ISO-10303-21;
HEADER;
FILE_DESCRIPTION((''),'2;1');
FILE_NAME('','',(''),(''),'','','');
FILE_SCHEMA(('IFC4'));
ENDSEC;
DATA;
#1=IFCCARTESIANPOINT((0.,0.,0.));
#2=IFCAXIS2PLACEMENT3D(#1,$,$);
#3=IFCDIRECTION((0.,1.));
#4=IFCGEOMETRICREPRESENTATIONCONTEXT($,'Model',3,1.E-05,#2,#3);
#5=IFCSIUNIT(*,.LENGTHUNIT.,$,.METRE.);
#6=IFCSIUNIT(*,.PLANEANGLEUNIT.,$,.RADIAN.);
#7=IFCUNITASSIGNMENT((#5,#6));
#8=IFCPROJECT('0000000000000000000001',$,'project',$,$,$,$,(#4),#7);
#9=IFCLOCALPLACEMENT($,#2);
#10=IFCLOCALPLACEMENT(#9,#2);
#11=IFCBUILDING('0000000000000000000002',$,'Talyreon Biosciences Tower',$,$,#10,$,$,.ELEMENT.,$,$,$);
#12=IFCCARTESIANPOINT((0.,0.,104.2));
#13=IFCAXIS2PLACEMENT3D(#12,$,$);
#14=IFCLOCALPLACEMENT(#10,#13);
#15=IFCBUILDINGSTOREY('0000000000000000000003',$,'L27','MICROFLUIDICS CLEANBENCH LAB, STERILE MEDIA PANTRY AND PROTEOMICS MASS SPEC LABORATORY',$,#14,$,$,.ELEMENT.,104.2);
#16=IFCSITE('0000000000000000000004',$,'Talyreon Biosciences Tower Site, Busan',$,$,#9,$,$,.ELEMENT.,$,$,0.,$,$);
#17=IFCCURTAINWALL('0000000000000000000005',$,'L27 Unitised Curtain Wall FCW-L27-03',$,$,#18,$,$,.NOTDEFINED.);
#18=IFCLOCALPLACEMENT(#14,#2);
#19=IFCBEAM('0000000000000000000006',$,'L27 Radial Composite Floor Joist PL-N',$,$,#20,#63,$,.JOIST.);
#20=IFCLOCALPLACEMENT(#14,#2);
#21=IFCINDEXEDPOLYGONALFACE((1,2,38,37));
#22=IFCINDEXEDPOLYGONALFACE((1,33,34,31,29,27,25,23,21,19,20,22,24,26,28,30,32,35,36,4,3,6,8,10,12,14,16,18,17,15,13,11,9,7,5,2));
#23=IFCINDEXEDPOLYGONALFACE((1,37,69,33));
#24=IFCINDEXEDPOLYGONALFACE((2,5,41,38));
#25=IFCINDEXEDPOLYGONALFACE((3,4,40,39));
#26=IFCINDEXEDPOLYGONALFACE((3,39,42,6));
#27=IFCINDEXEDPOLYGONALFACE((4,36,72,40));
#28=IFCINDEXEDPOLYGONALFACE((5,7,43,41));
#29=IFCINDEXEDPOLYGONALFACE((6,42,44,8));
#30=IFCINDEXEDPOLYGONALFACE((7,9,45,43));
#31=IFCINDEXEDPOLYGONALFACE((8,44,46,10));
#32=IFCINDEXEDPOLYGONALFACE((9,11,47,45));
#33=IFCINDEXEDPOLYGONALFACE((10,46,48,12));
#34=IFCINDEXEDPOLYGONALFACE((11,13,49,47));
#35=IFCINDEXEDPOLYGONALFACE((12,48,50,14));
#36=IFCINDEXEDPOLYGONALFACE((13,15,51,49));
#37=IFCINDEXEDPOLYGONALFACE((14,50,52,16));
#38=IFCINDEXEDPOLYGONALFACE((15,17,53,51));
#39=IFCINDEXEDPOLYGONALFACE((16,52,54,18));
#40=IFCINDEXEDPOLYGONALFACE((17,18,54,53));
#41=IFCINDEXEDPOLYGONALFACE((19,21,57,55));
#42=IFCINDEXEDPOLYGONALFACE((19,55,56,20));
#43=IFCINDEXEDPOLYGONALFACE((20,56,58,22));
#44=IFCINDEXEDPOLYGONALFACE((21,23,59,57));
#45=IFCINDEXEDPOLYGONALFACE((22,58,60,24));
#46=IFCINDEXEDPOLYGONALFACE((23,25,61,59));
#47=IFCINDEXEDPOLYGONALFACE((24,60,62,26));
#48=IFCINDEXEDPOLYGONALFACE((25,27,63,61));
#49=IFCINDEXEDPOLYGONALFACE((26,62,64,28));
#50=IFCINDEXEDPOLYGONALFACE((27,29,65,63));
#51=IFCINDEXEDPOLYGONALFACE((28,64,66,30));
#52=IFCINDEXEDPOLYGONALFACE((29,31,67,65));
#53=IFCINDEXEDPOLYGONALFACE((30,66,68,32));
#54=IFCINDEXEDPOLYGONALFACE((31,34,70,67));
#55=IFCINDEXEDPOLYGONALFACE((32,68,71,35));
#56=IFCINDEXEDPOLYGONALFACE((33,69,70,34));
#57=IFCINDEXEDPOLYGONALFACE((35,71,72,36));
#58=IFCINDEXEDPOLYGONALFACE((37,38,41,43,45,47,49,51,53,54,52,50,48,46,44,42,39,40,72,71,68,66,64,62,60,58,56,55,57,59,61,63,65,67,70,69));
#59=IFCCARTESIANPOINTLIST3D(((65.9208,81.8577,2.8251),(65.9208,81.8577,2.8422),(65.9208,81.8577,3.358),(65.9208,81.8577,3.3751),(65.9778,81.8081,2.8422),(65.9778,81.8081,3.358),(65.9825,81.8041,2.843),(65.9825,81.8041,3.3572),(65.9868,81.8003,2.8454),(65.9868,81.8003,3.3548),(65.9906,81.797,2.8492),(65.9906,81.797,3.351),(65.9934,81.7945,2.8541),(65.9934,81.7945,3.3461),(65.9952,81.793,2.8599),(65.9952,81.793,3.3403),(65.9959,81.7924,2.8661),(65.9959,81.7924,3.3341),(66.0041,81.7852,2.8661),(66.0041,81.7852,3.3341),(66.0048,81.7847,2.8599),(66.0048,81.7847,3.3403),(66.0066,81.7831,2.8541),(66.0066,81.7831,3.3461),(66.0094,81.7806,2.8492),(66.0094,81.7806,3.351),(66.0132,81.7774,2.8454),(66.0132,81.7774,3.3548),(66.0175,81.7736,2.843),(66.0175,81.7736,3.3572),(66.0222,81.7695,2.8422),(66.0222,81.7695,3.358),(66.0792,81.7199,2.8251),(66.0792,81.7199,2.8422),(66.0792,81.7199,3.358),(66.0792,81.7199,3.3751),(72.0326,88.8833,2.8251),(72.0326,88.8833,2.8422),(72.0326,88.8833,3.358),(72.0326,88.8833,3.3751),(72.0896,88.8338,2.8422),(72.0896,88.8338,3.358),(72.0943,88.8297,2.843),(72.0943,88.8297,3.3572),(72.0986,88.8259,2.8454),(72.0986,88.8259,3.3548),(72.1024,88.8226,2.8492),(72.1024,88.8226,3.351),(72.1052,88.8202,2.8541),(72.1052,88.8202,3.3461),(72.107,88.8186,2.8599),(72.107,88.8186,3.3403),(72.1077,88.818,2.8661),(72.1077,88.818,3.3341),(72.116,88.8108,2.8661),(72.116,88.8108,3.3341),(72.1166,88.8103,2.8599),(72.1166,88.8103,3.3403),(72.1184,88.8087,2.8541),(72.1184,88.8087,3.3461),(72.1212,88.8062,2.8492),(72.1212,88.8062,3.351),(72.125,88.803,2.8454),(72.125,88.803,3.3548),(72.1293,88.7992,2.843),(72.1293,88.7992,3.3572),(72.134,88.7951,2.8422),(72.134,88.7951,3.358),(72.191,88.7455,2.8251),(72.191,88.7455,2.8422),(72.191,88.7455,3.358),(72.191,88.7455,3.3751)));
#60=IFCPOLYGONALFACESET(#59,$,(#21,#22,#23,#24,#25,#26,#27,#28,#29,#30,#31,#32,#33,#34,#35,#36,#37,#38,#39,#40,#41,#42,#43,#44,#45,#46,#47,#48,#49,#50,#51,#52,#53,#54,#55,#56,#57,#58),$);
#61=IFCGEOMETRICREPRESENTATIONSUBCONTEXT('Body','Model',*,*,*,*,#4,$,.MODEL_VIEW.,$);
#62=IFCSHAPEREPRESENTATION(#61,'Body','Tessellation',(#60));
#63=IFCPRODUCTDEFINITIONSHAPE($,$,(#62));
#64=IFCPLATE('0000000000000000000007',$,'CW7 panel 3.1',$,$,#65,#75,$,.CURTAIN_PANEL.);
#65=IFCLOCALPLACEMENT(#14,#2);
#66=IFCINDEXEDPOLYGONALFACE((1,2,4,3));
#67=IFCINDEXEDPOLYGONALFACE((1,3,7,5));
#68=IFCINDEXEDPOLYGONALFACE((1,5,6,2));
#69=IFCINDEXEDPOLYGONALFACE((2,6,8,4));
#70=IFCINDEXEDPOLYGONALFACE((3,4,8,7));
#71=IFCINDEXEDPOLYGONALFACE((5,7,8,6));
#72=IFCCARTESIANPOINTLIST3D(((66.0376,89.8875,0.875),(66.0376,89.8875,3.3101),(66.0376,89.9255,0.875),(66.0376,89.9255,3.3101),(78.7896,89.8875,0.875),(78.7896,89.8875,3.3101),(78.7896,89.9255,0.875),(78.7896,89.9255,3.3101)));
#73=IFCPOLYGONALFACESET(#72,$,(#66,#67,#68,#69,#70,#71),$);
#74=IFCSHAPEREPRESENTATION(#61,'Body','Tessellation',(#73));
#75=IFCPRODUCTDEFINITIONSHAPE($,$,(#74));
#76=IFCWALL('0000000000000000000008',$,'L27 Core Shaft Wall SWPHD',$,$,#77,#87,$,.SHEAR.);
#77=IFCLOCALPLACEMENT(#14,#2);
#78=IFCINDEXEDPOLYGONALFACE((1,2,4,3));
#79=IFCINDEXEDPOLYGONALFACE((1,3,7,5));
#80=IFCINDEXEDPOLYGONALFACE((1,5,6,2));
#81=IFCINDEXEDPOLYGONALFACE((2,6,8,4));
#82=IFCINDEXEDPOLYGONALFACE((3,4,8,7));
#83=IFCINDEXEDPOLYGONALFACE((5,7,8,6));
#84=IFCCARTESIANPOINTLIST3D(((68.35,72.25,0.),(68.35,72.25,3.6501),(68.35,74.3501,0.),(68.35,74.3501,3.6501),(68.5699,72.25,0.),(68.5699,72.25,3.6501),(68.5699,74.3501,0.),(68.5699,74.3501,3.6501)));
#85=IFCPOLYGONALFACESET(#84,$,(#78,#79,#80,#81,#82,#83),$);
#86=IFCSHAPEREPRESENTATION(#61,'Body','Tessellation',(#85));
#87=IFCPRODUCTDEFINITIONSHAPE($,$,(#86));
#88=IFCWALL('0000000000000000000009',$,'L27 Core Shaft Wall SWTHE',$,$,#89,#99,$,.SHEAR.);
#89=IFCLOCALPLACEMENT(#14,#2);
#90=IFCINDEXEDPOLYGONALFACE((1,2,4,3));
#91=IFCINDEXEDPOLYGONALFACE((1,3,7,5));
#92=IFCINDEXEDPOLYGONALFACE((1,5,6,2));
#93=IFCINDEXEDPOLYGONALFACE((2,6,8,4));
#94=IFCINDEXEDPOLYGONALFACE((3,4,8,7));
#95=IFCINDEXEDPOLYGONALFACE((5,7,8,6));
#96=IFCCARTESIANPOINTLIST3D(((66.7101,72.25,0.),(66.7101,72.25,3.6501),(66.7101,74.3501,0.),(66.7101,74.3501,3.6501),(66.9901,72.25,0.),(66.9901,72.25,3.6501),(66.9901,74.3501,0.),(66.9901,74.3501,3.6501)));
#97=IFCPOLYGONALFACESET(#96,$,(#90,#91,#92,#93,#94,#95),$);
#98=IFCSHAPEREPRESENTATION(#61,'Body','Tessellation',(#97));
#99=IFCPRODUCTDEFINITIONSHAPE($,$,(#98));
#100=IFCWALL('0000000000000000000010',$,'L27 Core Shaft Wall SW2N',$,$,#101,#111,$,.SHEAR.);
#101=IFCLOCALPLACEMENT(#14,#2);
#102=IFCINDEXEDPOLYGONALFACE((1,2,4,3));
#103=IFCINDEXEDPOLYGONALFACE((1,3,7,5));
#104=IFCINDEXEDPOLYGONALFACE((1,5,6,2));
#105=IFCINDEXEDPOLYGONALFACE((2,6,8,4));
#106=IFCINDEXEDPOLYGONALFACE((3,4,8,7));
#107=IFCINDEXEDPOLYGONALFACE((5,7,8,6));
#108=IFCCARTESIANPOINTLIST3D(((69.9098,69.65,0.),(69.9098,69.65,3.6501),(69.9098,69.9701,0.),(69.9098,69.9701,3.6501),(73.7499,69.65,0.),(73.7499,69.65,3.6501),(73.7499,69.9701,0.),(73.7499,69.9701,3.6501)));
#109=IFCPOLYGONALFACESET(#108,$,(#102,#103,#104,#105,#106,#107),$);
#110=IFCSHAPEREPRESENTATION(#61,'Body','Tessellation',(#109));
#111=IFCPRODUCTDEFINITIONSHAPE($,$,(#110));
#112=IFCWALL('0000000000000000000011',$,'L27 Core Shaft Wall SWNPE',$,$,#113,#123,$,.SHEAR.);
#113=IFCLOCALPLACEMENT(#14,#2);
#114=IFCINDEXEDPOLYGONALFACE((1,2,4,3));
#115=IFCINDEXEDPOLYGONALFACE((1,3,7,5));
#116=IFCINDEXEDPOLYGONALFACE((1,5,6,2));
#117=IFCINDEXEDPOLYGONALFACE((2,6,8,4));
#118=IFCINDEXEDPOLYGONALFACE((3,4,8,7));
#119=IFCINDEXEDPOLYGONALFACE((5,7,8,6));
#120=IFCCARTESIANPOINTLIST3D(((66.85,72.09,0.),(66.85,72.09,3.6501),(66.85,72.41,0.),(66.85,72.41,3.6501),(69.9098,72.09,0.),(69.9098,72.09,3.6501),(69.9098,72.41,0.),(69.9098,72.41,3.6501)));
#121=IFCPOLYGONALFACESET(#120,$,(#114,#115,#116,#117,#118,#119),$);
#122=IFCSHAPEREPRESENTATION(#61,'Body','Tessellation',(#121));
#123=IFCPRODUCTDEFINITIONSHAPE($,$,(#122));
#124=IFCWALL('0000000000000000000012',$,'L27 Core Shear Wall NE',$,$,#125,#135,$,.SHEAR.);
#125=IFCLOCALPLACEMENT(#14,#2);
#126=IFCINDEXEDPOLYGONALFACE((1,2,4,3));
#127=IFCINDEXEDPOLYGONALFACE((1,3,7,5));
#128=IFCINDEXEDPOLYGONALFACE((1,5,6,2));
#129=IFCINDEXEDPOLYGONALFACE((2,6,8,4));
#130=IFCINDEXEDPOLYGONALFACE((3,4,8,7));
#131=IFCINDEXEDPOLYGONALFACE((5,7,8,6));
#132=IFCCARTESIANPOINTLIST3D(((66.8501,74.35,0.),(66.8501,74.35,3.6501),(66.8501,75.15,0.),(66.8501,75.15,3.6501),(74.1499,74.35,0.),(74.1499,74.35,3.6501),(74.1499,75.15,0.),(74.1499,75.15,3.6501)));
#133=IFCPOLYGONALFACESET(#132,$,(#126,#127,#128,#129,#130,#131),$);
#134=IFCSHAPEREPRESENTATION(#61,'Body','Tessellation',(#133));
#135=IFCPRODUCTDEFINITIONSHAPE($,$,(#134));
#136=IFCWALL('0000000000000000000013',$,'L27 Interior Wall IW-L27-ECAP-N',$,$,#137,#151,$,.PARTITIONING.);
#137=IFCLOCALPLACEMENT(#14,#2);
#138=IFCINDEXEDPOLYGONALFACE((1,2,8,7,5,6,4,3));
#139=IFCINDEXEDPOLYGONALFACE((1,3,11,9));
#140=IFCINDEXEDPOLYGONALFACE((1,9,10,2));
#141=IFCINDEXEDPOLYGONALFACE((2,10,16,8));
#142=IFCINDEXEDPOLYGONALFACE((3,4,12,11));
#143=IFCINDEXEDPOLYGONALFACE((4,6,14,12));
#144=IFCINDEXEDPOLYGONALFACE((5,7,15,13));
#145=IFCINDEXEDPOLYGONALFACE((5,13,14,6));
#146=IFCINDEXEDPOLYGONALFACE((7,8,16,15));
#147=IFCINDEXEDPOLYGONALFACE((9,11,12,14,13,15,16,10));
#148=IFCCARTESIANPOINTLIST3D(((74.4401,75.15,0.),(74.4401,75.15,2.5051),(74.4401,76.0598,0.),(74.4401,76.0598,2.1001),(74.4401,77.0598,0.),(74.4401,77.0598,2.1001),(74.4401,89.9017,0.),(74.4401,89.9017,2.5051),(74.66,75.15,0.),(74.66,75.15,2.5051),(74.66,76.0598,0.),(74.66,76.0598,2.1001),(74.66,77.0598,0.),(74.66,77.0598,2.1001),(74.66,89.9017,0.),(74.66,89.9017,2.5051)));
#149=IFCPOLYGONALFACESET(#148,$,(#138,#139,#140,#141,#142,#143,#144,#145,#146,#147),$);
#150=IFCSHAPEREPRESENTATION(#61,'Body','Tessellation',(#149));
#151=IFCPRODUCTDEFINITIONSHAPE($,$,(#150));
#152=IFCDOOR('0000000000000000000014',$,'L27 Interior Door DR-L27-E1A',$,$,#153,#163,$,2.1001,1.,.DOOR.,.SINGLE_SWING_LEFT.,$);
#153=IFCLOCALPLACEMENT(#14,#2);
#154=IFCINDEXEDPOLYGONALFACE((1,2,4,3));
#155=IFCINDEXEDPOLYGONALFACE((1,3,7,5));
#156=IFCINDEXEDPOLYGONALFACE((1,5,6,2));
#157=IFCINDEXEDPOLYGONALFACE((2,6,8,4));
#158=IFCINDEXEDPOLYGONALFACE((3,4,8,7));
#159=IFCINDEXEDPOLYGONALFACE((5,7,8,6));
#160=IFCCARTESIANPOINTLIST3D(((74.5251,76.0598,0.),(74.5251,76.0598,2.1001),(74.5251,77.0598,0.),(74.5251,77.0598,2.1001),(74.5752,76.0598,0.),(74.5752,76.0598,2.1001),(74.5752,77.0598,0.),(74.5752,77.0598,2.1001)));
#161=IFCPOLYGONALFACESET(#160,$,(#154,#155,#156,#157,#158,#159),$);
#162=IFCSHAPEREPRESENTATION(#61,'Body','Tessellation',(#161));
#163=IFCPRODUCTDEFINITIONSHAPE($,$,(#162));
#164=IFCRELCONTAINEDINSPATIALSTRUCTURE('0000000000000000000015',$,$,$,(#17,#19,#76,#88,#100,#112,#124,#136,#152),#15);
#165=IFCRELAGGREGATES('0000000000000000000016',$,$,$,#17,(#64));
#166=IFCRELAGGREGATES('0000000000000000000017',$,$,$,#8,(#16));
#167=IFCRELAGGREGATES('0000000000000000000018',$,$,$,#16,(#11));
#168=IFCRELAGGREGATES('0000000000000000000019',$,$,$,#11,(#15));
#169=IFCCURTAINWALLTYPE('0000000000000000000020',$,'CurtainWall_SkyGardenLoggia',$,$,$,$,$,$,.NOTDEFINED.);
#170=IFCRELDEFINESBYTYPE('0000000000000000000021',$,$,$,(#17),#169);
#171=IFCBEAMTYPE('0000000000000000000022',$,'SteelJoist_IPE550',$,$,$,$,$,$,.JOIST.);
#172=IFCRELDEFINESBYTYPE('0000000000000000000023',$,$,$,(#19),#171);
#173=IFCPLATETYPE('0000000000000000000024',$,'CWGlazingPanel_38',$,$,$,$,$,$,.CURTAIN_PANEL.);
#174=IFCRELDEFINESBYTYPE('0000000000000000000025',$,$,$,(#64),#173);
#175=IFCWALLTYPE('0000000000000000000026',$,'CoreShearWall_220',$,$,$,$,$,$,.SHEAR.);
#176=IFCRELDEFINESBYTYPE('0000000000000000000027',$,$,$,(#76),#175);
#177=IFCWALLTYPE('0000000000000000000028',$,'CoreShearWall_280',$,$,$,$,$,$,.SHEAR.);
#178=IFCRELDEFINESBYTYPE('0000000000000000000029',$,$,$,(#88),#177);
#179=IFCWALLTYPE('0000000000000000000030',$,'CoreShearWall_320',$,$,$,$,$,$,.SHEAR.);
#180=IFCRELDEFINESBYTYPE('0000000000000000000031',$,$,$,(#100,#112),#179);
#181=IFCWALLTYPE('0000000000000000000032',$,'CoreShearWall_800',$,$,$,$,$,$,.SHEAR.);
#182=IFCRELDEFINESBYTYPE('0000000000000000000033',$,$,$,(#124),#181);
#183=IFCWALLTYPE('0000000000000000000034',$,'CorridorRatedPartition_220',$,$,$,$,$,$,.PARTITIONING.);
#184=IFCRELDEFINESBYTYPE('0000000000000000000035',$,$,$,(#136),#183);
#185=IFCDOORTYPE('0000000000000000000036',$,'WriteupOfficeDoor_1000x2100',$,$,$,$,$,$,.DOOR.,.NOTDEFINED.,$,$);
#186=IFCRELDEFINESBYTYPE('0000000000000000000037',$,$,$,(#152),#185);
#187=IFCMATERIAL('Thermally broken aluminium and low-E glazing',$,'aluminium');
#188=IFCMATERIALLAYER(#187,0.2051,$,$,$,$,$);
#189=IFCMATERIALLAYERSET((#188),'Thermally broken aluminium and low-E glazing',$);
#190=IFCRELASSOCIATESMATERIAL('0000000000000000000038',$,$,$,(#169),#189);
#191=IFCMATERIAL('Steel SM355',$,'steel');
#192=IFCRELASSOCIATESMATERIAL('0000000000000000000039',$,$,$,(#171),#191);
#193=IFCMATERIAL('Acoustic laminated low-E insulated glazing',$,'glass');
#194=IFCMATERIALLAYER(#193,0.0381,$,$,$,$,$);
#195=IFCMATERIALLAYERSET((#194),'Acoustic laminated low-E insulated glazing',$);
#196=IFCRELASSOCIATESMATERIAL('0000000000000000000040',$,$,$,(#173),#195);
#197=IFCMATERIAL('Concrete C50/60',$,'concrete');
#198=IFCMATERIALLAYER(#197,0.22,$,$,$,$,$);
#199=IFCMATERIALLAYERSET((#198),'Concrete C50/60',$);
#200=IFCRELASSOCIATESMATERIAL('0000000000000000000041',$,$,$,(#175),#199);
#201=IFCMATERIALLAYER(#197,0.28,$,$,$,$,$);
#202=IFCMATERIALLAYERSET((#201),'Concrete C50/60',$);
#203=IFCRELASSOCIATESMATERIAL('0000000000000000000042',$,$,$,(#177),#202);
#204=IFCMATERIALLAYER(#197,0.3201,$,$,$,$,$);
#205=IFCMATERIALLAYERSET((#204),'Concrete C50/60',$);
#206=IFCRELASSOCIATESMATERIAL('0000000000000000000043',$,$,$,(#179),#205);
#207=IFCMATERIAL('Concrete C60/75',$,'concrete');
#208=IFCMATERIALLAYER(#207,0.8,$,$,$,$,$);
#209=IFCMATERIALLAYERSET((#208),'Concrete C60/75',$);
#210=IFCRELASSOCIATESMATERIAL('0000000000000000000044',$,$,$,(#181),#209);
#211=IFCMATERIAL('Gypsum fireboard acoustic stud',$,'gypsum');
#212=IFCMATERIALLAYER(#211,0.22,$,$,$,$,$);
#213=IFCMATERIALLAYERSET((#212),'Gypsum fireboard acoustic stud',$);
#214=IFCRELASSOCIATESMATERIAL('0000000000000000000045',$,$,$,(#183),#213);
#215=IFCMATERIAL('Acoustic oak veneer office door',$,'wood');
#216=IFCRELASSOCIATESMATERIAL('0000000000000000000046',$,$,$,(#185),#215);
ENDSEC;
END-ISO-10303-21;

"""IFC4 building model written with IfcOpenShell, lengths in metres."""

from ifc_helpers import new_model, si_unit, direction, frame, frame_2d, origin, origin_2d, place, context, subcontext, project, spatial, rectangle, i_section, extrude, material, layer, layer_set, material_profile, profile_set, type_object, element, fill, aggregate, save


model = new_model("IFC4")

# Units and contexts
model_context = context("Model", 3, precision=1e-05, world=origin(), true_north=direction((0.0, 1.0)))
body_context = subcontext(model_context, "Body", "Model", "MODEL_VIEW")
ifc_project = project(units=[si_unit("LENGTHUNIT", "METRE"), si_unit("PLANEANGLEUNIT", "RADIAN")], contexts=[model_context])

# Site, building, storey
site_placement = place(None, origin())
site = spatial("IfcSite", under=ifc_project, at=site_placement, Name="Talyreon Biosciences Tower Site, Busan", CompositionType="ELEMENT", RefElevation=0.0)
building_placement = place(site_placement, origin())
building = spatial("IfcBuilding", under=site, at=building_placement, Name="Talyreon Biosciences Tower", CompositionType="ELEMENT")
storey_placement = place(building_placement, frame((0.0, 0.0, 104.2)))
storey = spatial("IfcBuildingStorey", under=building, at=storey_placement, Name="L27", Description="MICROFLUIDICS CLEANBENCH LAB, STERILE MEDIA PANTRY AND PROTEOMICS MASS SPEC LABORATORY", CompositionType="ELEMENT", Elevation=104.2)

# Shared definitions
ifc_material_1 = material(Name="Concrete C60/75", Category="concrete")
ifc_material_2 = material(Name="Concrete C50/60", Category="concrete")

# Curtain wall
ifc_material_3 = material(Name="Thermally broken aluminium and low-E glazing", Category="aluminium")
ifc_layer_1 = layer(ifc_material_3, 0.2051)
ifc_layer_set_1 = layer_set([ifc_layer_1], Name="Thermally broken aluminium and low-E glazing")
curtain_wall_type = type_object("IfcCurtainWallType", Name="CurtainWall_SkyGardenLoggia", PredefinedType="NOTDEFINED", material=ifc_layer_set_1)
curtain_wall_placement = place(storey_placement, origin())
curtain_wall = element("IfcCurtainWall", 1, at=curtain_wall_placement, inside=storey, type_object=curtain_wall_type, Name="L27 Unitised Curtain Wall FCW-L27-03", PredefinedType="NOTDEFINED")

# Beam
ifc_material_4 = material(Name="Steel SM355", Category="steel")
ifc_material_profile_1 = material_profile(ifc_material_4, i_section(OverallWidth=0.21, OverallDepth=0.55, WebThickness=0.011, FlangeThickness=0.0171, FilletRadius=0.0239, at=origin_2d()), Name="IPE550")
ifc_profile_set_1 = profile_set([ifc_material_profile_1], Name="Steel SM355")
beam_type_1 = type_object("IfcBeamType", Name="SteelJoist_IPE550", PredefinedType="JOIST", material=ifc_profile_set_1)
beam_1_placement = place(storey_placement, frame((66.0, 81.7888, 3.1001), z_axis=(0.656336, 0.754469, 0.0), x_axis=(-0.754469, 0.656336, 0.0)))
element("IfcBeam", 2, at=beam_1_placement, inside=storey, type_object=beam_type_1, Name="L27 Radial Composite Floor Joist PL-N", PredefinedType="JOIST", context=body_context, shape_type="SweptSolid", body=[
    extrude(i_section(OverallWidth=0.21, OverallDepth=0.55, WebThickness=0.011, FlangeThickness=0.0171, FilletRadius=0.0239, at=origin_2d()), origin(), (0.0, 0.0, 1.0), 9.312),
])

# Plate
ifc_material_5 = material(Name="Acoustic laminated low-E insulated glazing", Category="glass")
ifc_layer_2 = layer(ifc_material_5, 0.0381)
ifc_layer_set_2 = layer_set([ifc_layer_2], Name="Acoustic laminated low-E insulated glazing")
plate_type = type_object("IfcPlateType", Name="CWGlazingPanel_38", PredefinedType="CURTAIN_PANEL", material=ifc_layer_set_2)
plate_placement = place(storey_placement, frame((72.4136, 89.9065, 0.875), z_axis=(0.0, 0.0, 1.0), x_axis=(1.0, 0.0, 0.0)))
plate = element("IfcPlate", 3, at=plate_placement, type_object=plate_type, Name="CW7 panel 3.1", PredefinedType="CURTAIN_PANEL", context=body_context, shape_type="SweptSolid", body=[
    extrude(rectangle(XDim=12.752, YDim=0.0381, at=origin_2d()), origin(), (0.0, 0.0, 1.0), 2.4351),
])
aggregate(curtain_wall, [plate])

# Walls
ifc_layer_3 = layer(ifc_material_2, 0.22)
ifc_layer_set_3 = layer_set([ifc_layer_3], Name="Concrete C50/60")
wall_type_1 = type_object("IfcWallType", Name="CoreShearWall_220", PredefinedType="SHEAR", material=ifc_layer_set_3)
wall_1_placement = place(storey_placement, frame((68.46, 72.25, 0.0), z_axis=(0.0, 0.0, 1.0), x_axis=(0.0, 1.0, 0.0)))
element("IfcWall", 4, at=wall_1_placement, inside=storey, type_object=wall_type_1, Name="L27 Core Shaft Wall SWPHD", PredefinedType="SHEAR", context=body_context, shape_type="SweptSolid", body=[
    extrude(rectangle(XDim=2.1001, YDim=0.22, at=frame_2d((1.05, 0.0))), origin(), (0.0, 0.0, 1.0), 3.6501),
])
ifc_layer_4 = layer(ifc_material_2, 0.28)
ifc_layer_set_4 = layer_set([ifc_layer_4], Name="Concrete C50/60")
wall_type_2 = type_object("IfcWallType", Name="CoreShearWall_280", PredefinedType="SHEAR", material=ifc_layer_set_4)
wall_2_placement = place(storey_placement, frame((66.8501, 72.25, 0.0), z_axis=(0.0, 0.0, 1.0), x_axis=(0.0, 1.0, 0.0)))
element("IfcWall", 5, at=wall_2_placement, inside=storey, type_object=wall_type_2, Name="L27 Core Shaft Wall SWTHE", PredefinedType="SHEAR", context=body_context, shape_type="SweptSolid", body=[
    extrude(rectangle(XDim=2.1001, YDim=0.28, at=frame_2d((1.05, 0.0))), origin(), (0.0, 0.0, 1.0), 3.6501),
])
ifc_layer_5 = layer(ifc_material_2, 0.3201)
ifc_layer_set_5 = layer_set([ifc_layer_5], Name="Concrete C50/60")
wall_type_3 = type_object("IfcWallType", Name="CoreShearWall_320", PredefinedType="SHEAR", material=ifc_layer_set_5)
wall_3_placement = place(storey_placement, frame((69.9099, 69.8101, 0.0), z_axis=(0.0, 0.0, 1.0), x_axis=(1.0, 0.0, 0.0)))
element("IfcWall", 6, at=wall_3_placement, inside=storey, type_object=wall_type_3, Name="L27 Core Shaft Wall SW2N", PredefinedType="SHEAR", context=body_context, shape_type="SweptSolid", body=[
    extrude(rectangle(XDim=3.8401, YDim=0.3201, at=frame_2d((1.9199, 0.0))), origin(), (0.0, 0.0, 1.0), 3.6501),
])
wall_4_placement = place(storey_placement, frame((66.8501, 72.25, 0.0), z_axis=(0.0, 0.0, 1.0), x_axis=(1.0, 0.0, 0.0)))
element("IfcWall", 7, at=wall_4_placement, inside=storey, type_object=wall_type_3, Name="L27 Core Shaft Wall SWNPE", PredefinedType="SHEAR", context=body_context, shape_type="SweptSolid", body=[
    extrude(rectangle(XDim=3.0598, YDim=0.3201, at=frame_2d((1.5298, 0.0))), origin(), (0.0, 0.0, 1.0), 3.6501),
])
ifc_layer_6 = layer(ifc_material_1, 0.8)
ifc_layer_set_6 = layer_set([ifc_layer_6], Name="Concrete C60/75")
wall_type_4 = type_object("IfcWallType", Name="CoreShearWall_800", PredefinedType="SHEAR", material=ifc_layer_set_6)
wall_5_placement = place(storey_placement, frame((74.1499, 74.75, 0.0), z_axis=(0.0, 0.0, 1.0), x_axis=(-1.0, 0.0, 0.0)))
element("IfcWall", 8, at=wall_5_placement, inside=storey, type_object=wall_type_4, Name="L27 Core Shear Wall NE", PredefinedType="SHEAR", context=body_context, shape_type="SweptSolid", body=[
    extrude(rectangle(XDim=7.2998, YDim=0.8, at=frame_2d((3.6499, 0.0))), origin(), (0.0, 0.0, 1.0), 3.6501),
])

# Wall, opening, door
ifc_material_6 = material(Name="Gypsum fireboard acoustic stud", Category="gypsum")
ifc_layer_7 = layer(ifc_material_6, 0.22)
ifc_layer_set_7 = layer_set([ifc_layer_7], Name="Gypsum fireboard acoustic stud")
wall_type_5 = type_object("IfcWallType", Name="CorridorRatedPartition_220", PredefinedType="PARTITIONING", material=ifc_layer_set_7)
wall_6_placement = place(storey_placement, frame((74.55, 75.1499, 0.0), z_axis=(0.0, 0.0, 1.0), x_axis=(0.0, 1.0, 0.0)))
wall_6 = element("IfcWall", 9, at=wall_6_placement, inside=storey, type_object=wall_type_5, Name="L27 Interior Wall IW-L27-ECAP-N", PredefinedType="PARTITIONING", context=body_context, shape_type="SweptSolid", body=[
    extrude(rectangle(XDim=14.7517, YDim=0.22, at=frame_2d((7.376, 0.0))), origin(), (0.0, 0.0, 1.0), 2.5051),
])
opening_1_placement = place(wall_6_placement, frame((0.9099, 0.0, 0.0)))
opening_1 = element("IfcOpeningElement", 10, at=opening_1_placement, cuts=wall_6, PredefinedType="OPENING", context=body_context, shape_type="SweptSolid", body=[
    extrude(rectangle(XDim=1.0, YDim=2.1001, at=frame_2d((0.5, 1.05))), frame((0.0, 0.1199, 0.0), z_axis=(0.0, -1.0, 0.0), x_axis=(1.0, 0.0, 0.0)), (0.0, 0.0, 1.0), 0.24),
])
ifc_material_7 = material(Name="Acoustic oak veneer office door", Category="wood")
door_type_1 = type_object("IfcDoorType", Name="WriteupOfficeDoor_1000x2100", OperationType="NOTDEFINED", PredefinedType="DOOR", material=ifc_material_7)
door_1_placement = place(opening_1_placement, origin())
door_1 = element("IfcDoor", 11, at=door_1_placement, inside=storey, type_object=door_type_1, Name="L27 Interior Door DR-L27-E1A", OperationType="SINGLE_SWING_LEFT", OverallHeight=2.1001, OverallWidth=1.0, PredefinedType="DOOR", context=body_context, shape_type="SweptSolid", body=[
    extrude(rectangle(XDim=1.0, YDim=2.1001, at=frame_2d((0.5, 1.05))), frame((0.0, 0.0249, 0.0), z_axis=(0.0, -1.0, 0.0), x_axis=(1.0, 0.0, 0.0)), (0.0, 0.0, 1.0), 0.05),
])
fill(opening_1, door_1)

save(model, "model.ifc")
